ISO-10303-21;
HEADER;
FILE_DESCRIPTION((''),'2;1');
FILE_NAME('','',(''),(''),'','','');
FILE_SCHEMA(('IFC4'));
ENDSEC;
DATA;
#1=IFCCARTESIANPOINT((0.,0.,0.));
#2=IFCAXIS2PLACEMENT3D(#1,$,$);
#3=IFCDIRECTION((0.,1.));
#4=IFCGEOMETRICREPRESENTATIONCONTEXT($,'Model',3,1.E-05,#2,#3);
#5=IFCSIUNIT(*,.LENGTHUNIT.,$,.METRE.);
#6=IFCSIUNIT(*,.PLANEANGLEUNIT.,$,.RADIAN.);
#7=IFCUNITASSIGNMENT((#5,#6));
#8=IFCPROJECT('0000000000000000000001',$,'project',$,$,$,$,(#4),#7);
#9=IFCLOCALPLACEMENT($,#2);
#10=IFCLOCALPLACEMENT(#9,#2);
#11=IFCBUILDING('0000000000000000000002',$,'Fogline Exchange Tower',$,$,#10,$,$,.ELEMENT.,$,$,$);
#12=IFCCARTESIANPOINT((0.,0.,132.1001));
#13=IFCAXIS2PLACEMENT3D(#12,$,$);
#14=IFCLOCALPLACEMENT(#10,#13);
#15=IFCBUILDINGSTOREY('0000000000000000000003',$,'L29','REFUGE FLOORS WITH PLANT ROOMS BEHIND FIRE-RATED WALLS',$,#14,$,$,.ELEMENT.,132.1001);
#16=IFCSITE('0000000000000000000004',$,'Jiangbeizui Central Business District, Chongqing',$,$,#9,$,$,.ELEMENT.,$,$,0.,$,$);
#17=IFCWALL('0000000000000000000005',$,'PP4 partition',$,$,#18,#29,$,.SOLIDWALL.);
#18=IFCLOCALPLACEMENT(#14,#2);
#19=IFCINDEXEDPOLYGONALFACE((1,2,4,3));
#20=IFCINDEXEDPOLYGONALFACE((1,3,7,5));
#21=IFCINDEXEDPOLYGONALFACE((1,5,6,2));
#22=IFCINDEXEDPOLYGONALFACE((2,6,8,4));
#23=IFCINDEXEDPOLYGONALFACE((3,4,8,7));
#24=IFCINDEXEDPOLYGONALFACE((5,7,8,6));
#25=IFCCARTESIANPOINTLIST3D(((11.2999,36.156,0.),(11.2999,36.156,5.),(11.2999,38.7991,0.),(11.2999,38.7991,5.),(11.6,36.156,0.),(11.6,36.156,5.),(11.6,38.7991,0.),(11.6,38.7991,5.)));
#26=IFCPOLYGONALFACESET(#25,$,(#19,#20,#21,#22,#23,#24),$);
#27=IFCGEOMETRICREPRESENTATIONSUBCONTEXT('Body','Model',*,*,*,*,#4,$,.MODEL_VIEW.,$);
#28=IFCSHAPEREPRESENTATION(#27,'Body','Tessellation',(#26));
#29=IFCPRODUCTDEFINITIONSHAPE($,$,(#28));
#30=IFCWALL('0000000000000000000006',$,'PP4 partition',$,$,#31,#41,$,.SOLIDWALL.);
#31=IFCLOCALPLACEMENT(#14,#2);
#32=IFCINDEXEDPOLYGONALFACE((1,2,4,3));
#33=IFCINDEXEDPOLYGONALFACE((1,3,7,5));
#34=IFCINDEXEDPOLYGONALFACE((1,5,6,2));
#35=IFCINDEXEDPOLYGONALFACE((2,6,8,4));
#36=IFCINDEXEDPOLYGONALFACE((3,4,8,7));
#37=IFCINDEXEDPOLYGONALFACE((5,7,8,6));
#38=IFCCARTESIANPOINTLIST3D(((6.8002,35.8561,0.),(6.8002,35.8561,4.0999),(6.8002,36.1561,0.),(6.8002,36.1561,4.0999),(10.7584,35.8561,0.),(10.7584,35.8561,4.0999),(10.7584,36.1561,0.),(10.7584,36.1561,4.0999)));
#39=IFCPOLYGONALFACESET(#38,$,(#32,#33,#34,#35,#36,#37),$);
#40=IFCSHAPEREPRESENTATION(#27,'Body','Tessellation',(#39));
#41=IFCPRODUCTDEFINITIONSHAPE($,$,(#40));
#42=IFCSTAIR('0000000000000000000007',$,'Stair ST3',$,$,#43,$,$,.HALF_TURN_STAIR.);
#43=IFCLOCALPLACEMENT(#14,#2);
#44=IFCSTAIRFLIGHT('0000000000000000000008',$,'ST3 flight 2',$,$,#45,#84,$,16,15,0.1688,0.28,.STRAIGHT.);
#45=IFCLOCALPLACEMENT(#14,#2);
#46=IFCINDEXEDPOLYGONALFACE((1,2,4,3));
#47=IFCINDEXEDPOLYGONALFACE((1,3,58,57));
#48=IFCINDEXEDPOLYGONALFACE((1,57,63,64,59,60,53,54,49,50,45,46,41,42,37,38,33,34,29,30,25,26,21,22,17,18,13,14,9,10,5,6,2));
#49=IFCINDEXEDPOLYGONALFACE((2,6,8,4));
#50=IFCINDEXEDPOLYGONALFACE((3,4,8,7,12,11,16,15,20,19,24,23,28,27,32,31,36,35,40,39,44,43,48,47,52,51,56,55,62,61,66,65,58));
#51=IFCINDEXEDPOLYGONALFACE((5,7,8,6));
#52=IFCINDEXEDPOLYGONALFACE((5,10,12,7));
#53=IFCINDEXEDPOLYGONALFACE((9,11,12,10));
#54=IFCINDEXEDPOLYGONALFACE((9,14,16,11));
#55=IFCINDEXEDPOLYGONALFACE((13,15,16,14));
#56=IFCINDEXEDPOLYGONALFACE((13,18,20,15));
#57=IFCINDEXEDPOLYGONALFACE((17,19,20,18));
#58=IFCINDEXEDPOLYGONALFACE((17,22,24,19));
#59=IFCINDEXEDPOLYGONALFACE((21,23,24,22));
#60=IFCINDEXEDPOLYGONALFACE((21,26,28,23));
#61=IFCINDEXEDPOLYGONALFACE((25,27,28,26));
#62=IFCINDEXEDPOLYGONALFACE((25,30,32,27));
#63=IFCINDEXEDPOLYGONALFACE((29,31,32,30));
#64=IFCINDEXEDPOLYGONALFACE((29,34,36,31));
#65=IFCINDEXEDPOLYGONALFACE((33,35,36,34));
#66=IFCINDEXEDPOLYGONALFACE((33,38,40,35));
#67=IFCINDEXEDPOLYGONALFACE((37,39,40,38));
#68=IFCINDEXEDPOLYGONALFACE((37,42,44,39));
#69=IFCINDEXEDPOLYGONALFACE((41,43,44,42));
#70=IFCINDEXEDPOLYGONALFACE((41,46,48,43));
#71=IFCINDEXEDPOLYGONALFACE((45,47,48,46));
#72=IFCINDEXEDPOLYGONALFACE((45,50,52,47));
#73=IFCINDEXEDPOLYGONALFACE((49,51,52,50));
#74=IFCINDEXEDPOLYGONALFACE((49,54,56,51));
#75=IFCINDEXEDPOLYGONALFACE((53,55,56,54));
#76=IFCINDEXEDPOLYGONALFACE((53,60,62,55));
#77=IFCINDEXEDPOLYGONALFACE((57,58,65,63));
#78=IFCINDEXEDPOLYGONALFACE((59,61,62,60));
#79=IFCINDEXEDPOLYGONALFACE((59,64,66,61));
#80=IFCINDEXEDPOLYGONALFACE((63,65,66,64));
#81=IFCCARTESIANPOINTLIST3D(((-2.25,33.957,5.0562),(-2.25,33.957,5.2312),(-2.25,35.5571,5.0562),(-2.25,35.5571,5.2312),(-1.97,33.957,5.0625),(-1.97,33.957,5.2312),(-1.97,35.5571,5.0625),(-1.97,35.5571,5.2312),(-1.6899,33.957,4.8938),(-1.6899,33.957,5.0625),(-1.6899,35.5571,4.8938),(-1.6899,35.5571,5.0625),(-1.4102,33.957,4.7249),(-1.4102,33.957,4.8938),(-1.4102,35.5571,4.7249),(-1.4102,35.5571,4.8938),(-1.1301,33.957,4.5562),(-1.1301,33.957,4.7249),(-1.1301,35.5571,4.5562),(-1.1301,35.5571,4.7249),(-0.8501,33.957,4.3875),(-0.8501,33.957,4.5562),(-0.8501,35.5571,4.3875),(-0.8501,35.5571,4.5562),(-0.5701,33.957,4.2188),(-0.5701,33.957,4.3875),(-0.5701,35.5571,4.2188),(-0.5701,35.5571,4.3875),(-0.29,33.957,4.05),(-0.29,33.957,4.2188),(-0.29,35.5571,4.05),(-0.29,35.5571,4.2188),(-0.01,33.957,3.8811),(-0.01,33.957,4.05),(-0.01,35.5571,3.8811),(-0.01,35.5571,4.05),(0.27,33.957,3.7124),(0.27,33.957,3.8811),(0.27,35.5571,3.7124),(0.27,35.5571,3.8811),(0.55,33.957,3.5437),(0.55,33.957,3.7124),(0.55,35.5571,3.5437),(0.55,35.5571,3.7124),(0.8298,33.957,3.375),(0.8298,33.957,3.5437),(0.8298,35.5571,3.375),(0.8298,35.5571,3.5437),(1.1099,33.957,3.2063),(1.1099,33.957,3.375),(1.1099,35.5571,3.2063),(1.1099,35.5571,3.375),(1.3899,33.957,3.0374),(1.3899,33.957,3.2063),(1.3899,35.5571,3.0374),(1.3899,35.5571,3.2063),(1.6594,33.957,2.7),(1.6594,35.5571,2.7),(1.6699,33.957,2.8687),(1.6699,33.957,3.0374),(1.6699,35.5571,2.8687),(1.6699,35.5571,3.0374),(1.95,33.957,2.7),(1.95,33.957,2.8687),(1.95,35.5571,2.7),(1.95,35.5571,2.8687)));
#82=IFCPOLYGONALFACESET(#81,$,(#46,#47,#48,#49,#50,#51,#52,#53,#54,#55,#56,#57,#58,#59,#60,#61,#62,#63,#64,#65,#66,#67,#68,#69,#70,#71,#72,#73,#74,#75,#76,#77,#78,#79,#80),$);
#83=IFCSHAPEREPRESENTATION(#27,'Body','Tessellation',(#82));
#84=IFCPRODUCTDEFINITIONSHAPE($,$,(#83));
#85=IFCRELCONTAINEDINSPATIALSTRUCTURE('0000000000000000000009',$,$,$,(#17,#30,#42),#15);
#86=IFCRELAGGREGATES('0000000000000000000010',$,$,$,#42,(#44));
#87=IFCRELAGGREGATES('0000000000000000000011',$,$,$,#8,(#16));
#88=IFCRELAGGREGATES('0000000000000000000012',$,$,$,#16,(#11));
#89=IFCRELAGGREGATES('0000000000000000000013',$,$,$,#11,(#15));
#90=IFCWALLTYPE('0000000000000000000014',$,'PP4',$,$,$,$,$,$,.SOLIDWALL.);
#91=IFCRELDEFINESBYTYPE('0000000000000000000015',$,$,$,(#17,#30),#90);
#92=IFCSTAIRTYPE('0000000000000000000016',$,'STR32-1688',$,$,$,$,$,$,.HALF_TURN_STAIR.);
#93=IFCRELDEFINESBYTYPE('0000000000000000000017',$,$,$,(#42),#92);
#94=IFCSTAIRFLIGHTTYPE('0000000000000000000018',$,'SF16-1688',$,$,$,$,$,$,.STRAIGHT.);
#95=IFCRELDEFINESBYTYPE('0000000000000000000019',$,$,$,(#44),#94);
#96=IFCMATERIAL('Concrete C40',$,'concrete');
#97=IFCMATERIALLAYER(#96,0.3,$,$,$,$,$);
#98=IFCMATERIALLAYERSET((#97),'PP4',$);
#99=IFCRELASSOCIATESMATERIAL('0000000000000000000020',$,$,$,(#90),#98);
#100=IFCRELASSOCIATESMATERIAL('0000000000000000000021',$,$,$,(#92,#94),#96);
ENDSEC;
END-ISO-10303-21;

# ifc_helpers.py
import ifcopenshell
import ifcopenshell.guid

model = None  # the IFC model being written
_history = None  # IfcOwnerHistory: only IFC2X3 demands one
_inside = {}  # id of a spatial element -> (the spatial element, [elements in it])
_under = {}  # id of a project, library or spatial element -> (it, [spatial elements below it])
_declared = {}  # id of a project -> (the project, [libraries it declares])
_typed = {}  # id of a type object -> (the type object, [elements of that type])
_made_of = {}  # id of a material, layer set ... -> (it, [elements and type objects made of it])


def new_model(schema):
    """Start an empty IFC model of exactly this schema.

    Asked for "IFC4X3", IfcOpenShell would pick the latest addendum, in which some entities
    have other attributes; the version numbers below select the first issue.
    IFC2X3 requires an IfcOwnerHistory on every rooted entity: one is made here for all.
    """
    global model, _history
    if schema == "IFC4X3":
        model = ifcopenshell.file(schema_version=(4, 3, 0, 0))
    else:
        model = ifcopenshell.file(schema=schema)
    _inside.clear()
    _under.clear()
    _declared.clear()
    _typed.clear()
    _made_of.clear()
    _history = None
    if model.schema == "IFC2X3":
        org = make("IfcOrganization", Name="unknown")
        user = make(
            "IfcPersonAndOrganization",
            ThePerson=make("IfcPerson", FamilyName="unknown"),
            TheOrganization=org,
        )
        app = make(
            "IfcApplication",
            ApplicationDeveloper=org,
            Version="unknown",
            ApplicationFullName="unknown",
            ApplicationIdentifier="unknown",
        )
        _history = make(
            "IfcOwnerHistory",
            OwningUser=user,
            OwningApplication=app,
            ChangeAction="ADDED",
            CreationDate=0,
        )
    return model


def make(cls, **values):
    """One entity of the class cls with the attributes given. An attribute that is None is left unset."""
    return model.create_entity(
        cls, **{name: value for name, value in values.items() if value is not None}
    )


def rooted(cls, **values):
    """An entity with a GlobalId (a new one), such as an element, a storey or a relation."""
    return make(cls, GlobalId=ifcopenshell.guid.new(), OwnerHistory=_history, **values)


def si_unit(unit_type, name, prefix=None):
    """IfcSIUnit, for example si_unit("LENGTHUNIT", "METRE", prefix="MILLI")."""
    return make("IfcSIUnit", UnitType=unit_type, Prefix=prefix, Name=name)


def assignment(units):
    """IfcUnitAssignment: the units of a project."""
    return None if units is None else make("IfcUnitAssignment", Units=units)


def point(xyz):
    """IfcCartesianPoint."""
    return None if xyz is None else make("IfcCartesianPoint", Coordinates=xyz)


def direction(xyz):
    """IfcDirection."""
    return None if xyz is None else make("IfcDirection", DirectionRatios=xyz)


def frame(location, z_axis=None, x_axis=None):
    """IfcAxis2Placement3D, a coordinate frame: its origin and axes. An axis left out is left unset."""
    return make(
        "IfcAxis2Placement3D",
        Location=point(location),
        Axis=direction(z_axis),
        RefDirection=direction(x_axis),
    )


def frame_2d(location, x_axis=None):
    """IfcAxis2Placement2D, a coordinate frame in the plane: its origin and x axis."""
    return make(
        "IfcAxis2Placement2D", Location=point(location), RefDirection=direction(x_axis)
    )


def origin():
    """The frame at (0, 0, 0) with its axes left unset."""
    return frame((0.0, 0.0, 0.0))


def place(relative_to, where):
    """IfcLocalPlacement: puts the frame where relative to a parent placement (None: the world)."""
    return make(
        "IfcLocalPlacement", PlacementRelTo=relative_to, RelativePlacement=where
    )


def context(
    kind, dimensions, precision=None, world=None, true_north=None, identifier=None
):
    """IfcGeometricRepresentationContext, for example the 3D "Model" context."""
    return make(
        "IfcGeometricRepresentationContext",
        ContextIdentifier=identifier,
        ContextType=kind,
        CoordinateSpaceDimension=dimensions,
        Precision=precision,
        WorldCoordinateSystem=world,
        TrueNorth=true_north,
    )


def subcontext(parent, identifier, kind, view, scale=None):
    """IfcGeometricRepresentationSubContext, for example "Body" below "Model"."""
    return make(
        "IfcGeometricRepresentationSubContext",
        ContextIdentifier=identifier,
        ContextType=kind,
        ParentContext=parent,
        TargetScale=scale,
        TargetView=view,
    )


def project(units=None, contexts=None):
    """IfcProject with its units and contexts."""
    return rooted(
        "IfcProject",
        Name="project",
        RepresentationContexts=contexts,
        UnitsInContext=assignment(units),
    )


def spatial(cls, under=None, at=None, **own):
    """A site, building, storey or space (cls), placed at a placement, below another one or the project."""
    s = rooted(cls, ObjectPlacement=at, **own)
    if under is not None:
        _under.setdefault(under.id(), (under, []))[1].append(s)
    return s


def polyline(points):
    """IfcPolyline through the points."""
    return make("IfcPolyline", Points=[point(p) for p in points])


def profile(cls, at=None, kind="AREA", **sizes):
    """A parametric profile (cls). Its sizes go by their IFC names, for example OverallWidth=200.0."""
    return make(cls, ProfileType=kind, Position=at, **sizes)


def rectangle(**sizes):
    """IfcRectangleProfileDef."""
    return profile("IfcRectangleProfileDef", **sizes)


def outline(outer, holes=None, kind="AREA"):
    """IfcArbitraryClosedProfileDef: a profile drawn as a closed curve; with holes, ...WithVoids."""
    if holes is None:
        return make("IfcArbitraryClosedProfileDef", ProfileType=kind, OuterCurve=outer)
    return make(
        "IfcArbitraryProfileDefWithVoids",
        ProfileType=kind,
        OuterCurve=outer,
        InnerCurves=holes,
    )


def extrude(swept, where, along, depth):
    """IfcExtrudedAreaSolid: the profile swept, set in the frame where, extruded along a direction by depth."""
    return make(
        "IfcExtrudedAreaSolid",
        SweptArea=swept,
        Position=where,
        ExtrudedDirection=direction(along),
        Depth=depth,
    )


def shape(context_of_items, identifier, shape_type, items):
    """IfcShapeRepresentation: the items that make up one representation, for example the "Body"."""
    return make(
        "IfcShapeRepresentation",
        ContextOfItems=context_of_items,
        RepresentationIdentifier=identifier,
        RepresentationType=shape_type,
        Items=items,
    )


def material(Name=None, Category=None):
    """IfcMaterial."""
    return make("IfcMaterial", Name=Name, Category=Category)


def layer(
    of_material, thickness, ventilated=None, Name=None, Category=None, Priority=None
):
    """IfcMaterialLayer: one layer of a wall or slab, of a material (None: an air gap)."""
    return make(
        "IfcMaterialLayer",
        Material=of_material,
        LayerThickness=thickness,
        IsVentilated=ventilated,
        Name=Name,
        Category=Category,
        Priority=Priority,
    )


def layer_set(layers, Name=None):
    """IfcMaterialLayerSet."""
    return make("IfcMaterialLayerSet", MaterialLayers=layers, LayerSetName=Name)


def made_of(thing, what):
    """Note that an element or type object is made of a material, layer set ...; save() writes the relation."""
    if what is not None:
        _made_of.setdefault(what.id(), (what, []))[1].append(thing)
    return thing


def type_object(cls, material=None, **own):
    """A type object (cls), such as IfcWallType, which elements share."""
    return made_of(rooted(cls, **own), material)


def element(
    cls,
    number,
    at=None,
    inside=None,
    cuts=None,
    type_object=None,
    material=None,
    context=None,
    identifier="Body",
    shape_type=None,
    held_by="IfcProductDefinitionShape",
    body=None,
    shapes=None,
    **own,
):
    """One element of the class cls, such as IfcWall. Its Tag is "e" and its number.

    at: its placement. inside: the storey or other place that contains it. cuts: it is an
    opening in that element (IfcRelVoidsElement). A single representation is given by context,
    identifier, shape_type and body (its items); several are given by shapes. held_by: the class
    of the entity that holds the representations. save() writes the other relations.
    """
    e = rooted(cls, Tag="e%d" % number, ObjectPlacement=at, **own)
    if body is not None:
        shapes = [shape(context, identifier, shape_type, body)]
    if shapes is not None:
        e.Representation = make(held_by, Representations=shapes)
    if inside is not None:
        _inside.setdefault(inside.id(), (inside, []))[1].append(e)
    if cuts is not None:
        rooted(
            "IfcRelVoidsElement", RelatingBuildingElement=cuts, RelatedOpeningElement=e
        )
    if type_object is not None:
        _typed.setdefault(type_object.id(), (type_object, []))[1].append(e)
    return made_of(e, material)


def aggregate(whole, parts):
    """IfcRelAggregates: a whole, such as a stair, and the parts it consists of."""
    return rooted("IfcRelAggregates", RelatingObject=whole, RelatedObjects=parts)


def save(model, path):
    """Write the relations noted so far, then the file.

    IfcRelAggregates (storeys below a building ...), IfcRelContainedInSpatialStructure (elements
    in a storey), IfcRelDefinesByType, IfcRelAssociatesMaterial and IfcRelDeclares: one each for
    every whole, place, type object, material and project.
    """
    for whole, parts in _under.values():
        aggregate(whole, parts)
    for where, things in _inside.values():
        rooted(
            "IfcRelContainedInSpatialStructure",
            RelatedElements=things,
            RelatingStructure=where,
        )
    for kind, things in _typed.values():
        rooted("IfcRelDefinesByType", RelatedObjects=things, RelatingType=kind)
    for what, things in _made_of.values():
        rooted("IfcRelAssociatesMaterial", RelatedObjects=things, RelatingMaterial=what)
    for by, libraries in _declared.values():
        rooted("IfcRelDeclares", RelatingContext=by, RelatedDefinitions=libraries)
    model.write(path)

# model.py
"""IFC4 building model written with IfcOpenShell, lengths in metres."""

from ifc_helpers import new_model, si_unit, direction, frame, frame_2d, origin, place, context, subcontext, project, spatial, polyline, rectangle, outline, extrude, material, layer, layer_set, type_object, element, aggregate, save


model = new_model("IFC4")

# Units and contexts
model_context = context("Model", 3, precision=1e-05, world=origin(), true_north=direction((0.0, 1.0)))
body_context = subcontext(model_context, "Body", "Model", "MODEL_VIEW")
ifc_project = project(units=[si_unit("LENGTHUNIT", "METRE"), si_unit("PLANEANGLEUNIT", "RADIAN")], contexts=[model_context])

# Site, building, storey
site_placement = place(None, origin())
site = spatial("IfcSite", under=ifc_project, at=site_placement, Name="Jiangbeizui Central Business District, Chongqing", CompositionType="ELEMENT", RefElevation=0.0)
building_placement = place(site_placement, origin())
building = spatial("IfcBuilding", under=site, at=building_placement, Name="Fogline Exchange Tower", CompositionType="ELEMENT")
storey_placement = place(building_placement, frame((0.0, 0.0, 132.1001)))
storey = spatial("IfcBuildingStorey", under=building, at=storey_placement, Name="L29", Description="REFUGE FLOORS WITH PLANT ROOMS BEHIND FIRE-RATED WALLS", CompositionType="ELEMENT", Elevation=132.1001)

# Shared definitions
ifc_material_1 = material(Name="Concrete C40", Category="concrete")

# Walls
ifc_layer_1 = layer(ifc_material_1, 0.3)
ifc_layer_set_1 = layer_set([ifc_layer_1], Name="PP4")
wall_type_1 = type_object("IfcWallType", Name="PP4", PredefinedType="SOLIDWALL", material=ifc_layer_set_1)
wall_1_placement = place(storey_placement, frame((11.45, 38.7991, 0.0), z_axis=(0.0, 0.0, 1.0), x_axis=(0.0, -1.0, 0.0)))
element("IfcWall", 1, at=wall_1_placement, inside=storey, type_object=wall_type_1, Name="PP4 partition", PredefinedType="SOLIDWALL", context=body_context, shape_type="SweptSolid", body=[
    extrude(rectangle(XDim=2.6431, YDim=0.3, at=frame_2d((1.3215, 0.0))), origin(), (0.0, 0.0, 1.0), 5.0),
])
wall_2_placement = place(storey_placement, frame((10.7583, 36.0061, 0.0), z_axis=(0.0, 0.0, 1.0), x_axis=(-1.0, 0.0, 0.0)))
element("IfcWall", 2, at=wall_2_placement, inside=storey, type_object=wall_type_1, Name="PP4 partition", PredefinedType="SOLIDWALL", context=body_context, shape_type="SweptSolid", body=[
    extrude(rectangle(XDim=3.9583, YDim=0.3, at=frame_2d((1.979, 0.0))), origin(), (0.0, 0.0, 1.0), 4.0999),
])

# Stair, stair flight
stair_type = type_object("IfcStairType", Name="STR32-1688", PredefinedType="HALF_TURN_STAIR", material=ifc_material_1)
stair_placement = place(storey_placement, origin())
stair = element("IfcStair", 3, at=stair_placement, inside=storey, type_object=stair_type, Name="Stair ST3", PredefinedType="HALF_TURN_STAIR")
stair_flight_type = type_object("IfcStairFlightType", Name="SF16-1688", PredefinedType="STRAIGHT", material=ifc_material_1)
stair_flight_placement = place(storey_placement, frame((1.95, 34.7571, 2.7), z_axis=(0.0, 0.0, 1.0), x_axis=(-1.0, 0.0, 0.0)))
stair_flight = element("IfcStairFlight", 4, at=stair_flight_placement, type_object=stair_flight_type, Name="ST3 flight 2", NumberOfRisers=16, NumberOfTreads=15, PredefinedType="STRAIGHT", RiserHeight=0.1688, TreadLength=0.28, context=body_context, shape_type="SweptSolid", body=[
    extrude(outline(polyline([(0.0, 0.0), (0.0, 0.1687), (0.28, 0.1687), (0.28, 0.3374), (0.5601, 0.3374), (0.5601, 0.5063), (0.8401, 0.5063), (0.8401, 0.675), (1.1201, 0.675), (1.1201, 0.8438), (1.3999, 0.8438), (1.3999, 1.0125), (1.6799, 1.0125), (1.6799, 1.1812), (1.96, 1.1812), (1.96, 1.3501), (2.24, 1.3501), (2.24, 1.5188), (2.52, 1.5188), (2.52, 1.6875), (2.8, 1.6875), (2.8, 1.8562), (3.0801, 1.8562), (3.0801, 2.0249), (3.3601, 2.0249), (3.3601, 2.1938), (3.6399, 2.1938), (3.6399, 2.3625), (3.9199, 2.3625), (3.9199, 2.5312), (4.2, 2.5312), (4.2, 2.7), (4.2, 2.3562), (0.2905, 0.0), (0.0, 0.0)])), frame((0.0, 0.8, 0.0), z_axis=(0.0, -1.0, 0.0), x_axis=(1.0, 0.0, 0.0)), (0.0, 0.0, 1.0), 1.6001),
])
aggregate(stair, [stair_flight])

save(model, "model.ifc")
